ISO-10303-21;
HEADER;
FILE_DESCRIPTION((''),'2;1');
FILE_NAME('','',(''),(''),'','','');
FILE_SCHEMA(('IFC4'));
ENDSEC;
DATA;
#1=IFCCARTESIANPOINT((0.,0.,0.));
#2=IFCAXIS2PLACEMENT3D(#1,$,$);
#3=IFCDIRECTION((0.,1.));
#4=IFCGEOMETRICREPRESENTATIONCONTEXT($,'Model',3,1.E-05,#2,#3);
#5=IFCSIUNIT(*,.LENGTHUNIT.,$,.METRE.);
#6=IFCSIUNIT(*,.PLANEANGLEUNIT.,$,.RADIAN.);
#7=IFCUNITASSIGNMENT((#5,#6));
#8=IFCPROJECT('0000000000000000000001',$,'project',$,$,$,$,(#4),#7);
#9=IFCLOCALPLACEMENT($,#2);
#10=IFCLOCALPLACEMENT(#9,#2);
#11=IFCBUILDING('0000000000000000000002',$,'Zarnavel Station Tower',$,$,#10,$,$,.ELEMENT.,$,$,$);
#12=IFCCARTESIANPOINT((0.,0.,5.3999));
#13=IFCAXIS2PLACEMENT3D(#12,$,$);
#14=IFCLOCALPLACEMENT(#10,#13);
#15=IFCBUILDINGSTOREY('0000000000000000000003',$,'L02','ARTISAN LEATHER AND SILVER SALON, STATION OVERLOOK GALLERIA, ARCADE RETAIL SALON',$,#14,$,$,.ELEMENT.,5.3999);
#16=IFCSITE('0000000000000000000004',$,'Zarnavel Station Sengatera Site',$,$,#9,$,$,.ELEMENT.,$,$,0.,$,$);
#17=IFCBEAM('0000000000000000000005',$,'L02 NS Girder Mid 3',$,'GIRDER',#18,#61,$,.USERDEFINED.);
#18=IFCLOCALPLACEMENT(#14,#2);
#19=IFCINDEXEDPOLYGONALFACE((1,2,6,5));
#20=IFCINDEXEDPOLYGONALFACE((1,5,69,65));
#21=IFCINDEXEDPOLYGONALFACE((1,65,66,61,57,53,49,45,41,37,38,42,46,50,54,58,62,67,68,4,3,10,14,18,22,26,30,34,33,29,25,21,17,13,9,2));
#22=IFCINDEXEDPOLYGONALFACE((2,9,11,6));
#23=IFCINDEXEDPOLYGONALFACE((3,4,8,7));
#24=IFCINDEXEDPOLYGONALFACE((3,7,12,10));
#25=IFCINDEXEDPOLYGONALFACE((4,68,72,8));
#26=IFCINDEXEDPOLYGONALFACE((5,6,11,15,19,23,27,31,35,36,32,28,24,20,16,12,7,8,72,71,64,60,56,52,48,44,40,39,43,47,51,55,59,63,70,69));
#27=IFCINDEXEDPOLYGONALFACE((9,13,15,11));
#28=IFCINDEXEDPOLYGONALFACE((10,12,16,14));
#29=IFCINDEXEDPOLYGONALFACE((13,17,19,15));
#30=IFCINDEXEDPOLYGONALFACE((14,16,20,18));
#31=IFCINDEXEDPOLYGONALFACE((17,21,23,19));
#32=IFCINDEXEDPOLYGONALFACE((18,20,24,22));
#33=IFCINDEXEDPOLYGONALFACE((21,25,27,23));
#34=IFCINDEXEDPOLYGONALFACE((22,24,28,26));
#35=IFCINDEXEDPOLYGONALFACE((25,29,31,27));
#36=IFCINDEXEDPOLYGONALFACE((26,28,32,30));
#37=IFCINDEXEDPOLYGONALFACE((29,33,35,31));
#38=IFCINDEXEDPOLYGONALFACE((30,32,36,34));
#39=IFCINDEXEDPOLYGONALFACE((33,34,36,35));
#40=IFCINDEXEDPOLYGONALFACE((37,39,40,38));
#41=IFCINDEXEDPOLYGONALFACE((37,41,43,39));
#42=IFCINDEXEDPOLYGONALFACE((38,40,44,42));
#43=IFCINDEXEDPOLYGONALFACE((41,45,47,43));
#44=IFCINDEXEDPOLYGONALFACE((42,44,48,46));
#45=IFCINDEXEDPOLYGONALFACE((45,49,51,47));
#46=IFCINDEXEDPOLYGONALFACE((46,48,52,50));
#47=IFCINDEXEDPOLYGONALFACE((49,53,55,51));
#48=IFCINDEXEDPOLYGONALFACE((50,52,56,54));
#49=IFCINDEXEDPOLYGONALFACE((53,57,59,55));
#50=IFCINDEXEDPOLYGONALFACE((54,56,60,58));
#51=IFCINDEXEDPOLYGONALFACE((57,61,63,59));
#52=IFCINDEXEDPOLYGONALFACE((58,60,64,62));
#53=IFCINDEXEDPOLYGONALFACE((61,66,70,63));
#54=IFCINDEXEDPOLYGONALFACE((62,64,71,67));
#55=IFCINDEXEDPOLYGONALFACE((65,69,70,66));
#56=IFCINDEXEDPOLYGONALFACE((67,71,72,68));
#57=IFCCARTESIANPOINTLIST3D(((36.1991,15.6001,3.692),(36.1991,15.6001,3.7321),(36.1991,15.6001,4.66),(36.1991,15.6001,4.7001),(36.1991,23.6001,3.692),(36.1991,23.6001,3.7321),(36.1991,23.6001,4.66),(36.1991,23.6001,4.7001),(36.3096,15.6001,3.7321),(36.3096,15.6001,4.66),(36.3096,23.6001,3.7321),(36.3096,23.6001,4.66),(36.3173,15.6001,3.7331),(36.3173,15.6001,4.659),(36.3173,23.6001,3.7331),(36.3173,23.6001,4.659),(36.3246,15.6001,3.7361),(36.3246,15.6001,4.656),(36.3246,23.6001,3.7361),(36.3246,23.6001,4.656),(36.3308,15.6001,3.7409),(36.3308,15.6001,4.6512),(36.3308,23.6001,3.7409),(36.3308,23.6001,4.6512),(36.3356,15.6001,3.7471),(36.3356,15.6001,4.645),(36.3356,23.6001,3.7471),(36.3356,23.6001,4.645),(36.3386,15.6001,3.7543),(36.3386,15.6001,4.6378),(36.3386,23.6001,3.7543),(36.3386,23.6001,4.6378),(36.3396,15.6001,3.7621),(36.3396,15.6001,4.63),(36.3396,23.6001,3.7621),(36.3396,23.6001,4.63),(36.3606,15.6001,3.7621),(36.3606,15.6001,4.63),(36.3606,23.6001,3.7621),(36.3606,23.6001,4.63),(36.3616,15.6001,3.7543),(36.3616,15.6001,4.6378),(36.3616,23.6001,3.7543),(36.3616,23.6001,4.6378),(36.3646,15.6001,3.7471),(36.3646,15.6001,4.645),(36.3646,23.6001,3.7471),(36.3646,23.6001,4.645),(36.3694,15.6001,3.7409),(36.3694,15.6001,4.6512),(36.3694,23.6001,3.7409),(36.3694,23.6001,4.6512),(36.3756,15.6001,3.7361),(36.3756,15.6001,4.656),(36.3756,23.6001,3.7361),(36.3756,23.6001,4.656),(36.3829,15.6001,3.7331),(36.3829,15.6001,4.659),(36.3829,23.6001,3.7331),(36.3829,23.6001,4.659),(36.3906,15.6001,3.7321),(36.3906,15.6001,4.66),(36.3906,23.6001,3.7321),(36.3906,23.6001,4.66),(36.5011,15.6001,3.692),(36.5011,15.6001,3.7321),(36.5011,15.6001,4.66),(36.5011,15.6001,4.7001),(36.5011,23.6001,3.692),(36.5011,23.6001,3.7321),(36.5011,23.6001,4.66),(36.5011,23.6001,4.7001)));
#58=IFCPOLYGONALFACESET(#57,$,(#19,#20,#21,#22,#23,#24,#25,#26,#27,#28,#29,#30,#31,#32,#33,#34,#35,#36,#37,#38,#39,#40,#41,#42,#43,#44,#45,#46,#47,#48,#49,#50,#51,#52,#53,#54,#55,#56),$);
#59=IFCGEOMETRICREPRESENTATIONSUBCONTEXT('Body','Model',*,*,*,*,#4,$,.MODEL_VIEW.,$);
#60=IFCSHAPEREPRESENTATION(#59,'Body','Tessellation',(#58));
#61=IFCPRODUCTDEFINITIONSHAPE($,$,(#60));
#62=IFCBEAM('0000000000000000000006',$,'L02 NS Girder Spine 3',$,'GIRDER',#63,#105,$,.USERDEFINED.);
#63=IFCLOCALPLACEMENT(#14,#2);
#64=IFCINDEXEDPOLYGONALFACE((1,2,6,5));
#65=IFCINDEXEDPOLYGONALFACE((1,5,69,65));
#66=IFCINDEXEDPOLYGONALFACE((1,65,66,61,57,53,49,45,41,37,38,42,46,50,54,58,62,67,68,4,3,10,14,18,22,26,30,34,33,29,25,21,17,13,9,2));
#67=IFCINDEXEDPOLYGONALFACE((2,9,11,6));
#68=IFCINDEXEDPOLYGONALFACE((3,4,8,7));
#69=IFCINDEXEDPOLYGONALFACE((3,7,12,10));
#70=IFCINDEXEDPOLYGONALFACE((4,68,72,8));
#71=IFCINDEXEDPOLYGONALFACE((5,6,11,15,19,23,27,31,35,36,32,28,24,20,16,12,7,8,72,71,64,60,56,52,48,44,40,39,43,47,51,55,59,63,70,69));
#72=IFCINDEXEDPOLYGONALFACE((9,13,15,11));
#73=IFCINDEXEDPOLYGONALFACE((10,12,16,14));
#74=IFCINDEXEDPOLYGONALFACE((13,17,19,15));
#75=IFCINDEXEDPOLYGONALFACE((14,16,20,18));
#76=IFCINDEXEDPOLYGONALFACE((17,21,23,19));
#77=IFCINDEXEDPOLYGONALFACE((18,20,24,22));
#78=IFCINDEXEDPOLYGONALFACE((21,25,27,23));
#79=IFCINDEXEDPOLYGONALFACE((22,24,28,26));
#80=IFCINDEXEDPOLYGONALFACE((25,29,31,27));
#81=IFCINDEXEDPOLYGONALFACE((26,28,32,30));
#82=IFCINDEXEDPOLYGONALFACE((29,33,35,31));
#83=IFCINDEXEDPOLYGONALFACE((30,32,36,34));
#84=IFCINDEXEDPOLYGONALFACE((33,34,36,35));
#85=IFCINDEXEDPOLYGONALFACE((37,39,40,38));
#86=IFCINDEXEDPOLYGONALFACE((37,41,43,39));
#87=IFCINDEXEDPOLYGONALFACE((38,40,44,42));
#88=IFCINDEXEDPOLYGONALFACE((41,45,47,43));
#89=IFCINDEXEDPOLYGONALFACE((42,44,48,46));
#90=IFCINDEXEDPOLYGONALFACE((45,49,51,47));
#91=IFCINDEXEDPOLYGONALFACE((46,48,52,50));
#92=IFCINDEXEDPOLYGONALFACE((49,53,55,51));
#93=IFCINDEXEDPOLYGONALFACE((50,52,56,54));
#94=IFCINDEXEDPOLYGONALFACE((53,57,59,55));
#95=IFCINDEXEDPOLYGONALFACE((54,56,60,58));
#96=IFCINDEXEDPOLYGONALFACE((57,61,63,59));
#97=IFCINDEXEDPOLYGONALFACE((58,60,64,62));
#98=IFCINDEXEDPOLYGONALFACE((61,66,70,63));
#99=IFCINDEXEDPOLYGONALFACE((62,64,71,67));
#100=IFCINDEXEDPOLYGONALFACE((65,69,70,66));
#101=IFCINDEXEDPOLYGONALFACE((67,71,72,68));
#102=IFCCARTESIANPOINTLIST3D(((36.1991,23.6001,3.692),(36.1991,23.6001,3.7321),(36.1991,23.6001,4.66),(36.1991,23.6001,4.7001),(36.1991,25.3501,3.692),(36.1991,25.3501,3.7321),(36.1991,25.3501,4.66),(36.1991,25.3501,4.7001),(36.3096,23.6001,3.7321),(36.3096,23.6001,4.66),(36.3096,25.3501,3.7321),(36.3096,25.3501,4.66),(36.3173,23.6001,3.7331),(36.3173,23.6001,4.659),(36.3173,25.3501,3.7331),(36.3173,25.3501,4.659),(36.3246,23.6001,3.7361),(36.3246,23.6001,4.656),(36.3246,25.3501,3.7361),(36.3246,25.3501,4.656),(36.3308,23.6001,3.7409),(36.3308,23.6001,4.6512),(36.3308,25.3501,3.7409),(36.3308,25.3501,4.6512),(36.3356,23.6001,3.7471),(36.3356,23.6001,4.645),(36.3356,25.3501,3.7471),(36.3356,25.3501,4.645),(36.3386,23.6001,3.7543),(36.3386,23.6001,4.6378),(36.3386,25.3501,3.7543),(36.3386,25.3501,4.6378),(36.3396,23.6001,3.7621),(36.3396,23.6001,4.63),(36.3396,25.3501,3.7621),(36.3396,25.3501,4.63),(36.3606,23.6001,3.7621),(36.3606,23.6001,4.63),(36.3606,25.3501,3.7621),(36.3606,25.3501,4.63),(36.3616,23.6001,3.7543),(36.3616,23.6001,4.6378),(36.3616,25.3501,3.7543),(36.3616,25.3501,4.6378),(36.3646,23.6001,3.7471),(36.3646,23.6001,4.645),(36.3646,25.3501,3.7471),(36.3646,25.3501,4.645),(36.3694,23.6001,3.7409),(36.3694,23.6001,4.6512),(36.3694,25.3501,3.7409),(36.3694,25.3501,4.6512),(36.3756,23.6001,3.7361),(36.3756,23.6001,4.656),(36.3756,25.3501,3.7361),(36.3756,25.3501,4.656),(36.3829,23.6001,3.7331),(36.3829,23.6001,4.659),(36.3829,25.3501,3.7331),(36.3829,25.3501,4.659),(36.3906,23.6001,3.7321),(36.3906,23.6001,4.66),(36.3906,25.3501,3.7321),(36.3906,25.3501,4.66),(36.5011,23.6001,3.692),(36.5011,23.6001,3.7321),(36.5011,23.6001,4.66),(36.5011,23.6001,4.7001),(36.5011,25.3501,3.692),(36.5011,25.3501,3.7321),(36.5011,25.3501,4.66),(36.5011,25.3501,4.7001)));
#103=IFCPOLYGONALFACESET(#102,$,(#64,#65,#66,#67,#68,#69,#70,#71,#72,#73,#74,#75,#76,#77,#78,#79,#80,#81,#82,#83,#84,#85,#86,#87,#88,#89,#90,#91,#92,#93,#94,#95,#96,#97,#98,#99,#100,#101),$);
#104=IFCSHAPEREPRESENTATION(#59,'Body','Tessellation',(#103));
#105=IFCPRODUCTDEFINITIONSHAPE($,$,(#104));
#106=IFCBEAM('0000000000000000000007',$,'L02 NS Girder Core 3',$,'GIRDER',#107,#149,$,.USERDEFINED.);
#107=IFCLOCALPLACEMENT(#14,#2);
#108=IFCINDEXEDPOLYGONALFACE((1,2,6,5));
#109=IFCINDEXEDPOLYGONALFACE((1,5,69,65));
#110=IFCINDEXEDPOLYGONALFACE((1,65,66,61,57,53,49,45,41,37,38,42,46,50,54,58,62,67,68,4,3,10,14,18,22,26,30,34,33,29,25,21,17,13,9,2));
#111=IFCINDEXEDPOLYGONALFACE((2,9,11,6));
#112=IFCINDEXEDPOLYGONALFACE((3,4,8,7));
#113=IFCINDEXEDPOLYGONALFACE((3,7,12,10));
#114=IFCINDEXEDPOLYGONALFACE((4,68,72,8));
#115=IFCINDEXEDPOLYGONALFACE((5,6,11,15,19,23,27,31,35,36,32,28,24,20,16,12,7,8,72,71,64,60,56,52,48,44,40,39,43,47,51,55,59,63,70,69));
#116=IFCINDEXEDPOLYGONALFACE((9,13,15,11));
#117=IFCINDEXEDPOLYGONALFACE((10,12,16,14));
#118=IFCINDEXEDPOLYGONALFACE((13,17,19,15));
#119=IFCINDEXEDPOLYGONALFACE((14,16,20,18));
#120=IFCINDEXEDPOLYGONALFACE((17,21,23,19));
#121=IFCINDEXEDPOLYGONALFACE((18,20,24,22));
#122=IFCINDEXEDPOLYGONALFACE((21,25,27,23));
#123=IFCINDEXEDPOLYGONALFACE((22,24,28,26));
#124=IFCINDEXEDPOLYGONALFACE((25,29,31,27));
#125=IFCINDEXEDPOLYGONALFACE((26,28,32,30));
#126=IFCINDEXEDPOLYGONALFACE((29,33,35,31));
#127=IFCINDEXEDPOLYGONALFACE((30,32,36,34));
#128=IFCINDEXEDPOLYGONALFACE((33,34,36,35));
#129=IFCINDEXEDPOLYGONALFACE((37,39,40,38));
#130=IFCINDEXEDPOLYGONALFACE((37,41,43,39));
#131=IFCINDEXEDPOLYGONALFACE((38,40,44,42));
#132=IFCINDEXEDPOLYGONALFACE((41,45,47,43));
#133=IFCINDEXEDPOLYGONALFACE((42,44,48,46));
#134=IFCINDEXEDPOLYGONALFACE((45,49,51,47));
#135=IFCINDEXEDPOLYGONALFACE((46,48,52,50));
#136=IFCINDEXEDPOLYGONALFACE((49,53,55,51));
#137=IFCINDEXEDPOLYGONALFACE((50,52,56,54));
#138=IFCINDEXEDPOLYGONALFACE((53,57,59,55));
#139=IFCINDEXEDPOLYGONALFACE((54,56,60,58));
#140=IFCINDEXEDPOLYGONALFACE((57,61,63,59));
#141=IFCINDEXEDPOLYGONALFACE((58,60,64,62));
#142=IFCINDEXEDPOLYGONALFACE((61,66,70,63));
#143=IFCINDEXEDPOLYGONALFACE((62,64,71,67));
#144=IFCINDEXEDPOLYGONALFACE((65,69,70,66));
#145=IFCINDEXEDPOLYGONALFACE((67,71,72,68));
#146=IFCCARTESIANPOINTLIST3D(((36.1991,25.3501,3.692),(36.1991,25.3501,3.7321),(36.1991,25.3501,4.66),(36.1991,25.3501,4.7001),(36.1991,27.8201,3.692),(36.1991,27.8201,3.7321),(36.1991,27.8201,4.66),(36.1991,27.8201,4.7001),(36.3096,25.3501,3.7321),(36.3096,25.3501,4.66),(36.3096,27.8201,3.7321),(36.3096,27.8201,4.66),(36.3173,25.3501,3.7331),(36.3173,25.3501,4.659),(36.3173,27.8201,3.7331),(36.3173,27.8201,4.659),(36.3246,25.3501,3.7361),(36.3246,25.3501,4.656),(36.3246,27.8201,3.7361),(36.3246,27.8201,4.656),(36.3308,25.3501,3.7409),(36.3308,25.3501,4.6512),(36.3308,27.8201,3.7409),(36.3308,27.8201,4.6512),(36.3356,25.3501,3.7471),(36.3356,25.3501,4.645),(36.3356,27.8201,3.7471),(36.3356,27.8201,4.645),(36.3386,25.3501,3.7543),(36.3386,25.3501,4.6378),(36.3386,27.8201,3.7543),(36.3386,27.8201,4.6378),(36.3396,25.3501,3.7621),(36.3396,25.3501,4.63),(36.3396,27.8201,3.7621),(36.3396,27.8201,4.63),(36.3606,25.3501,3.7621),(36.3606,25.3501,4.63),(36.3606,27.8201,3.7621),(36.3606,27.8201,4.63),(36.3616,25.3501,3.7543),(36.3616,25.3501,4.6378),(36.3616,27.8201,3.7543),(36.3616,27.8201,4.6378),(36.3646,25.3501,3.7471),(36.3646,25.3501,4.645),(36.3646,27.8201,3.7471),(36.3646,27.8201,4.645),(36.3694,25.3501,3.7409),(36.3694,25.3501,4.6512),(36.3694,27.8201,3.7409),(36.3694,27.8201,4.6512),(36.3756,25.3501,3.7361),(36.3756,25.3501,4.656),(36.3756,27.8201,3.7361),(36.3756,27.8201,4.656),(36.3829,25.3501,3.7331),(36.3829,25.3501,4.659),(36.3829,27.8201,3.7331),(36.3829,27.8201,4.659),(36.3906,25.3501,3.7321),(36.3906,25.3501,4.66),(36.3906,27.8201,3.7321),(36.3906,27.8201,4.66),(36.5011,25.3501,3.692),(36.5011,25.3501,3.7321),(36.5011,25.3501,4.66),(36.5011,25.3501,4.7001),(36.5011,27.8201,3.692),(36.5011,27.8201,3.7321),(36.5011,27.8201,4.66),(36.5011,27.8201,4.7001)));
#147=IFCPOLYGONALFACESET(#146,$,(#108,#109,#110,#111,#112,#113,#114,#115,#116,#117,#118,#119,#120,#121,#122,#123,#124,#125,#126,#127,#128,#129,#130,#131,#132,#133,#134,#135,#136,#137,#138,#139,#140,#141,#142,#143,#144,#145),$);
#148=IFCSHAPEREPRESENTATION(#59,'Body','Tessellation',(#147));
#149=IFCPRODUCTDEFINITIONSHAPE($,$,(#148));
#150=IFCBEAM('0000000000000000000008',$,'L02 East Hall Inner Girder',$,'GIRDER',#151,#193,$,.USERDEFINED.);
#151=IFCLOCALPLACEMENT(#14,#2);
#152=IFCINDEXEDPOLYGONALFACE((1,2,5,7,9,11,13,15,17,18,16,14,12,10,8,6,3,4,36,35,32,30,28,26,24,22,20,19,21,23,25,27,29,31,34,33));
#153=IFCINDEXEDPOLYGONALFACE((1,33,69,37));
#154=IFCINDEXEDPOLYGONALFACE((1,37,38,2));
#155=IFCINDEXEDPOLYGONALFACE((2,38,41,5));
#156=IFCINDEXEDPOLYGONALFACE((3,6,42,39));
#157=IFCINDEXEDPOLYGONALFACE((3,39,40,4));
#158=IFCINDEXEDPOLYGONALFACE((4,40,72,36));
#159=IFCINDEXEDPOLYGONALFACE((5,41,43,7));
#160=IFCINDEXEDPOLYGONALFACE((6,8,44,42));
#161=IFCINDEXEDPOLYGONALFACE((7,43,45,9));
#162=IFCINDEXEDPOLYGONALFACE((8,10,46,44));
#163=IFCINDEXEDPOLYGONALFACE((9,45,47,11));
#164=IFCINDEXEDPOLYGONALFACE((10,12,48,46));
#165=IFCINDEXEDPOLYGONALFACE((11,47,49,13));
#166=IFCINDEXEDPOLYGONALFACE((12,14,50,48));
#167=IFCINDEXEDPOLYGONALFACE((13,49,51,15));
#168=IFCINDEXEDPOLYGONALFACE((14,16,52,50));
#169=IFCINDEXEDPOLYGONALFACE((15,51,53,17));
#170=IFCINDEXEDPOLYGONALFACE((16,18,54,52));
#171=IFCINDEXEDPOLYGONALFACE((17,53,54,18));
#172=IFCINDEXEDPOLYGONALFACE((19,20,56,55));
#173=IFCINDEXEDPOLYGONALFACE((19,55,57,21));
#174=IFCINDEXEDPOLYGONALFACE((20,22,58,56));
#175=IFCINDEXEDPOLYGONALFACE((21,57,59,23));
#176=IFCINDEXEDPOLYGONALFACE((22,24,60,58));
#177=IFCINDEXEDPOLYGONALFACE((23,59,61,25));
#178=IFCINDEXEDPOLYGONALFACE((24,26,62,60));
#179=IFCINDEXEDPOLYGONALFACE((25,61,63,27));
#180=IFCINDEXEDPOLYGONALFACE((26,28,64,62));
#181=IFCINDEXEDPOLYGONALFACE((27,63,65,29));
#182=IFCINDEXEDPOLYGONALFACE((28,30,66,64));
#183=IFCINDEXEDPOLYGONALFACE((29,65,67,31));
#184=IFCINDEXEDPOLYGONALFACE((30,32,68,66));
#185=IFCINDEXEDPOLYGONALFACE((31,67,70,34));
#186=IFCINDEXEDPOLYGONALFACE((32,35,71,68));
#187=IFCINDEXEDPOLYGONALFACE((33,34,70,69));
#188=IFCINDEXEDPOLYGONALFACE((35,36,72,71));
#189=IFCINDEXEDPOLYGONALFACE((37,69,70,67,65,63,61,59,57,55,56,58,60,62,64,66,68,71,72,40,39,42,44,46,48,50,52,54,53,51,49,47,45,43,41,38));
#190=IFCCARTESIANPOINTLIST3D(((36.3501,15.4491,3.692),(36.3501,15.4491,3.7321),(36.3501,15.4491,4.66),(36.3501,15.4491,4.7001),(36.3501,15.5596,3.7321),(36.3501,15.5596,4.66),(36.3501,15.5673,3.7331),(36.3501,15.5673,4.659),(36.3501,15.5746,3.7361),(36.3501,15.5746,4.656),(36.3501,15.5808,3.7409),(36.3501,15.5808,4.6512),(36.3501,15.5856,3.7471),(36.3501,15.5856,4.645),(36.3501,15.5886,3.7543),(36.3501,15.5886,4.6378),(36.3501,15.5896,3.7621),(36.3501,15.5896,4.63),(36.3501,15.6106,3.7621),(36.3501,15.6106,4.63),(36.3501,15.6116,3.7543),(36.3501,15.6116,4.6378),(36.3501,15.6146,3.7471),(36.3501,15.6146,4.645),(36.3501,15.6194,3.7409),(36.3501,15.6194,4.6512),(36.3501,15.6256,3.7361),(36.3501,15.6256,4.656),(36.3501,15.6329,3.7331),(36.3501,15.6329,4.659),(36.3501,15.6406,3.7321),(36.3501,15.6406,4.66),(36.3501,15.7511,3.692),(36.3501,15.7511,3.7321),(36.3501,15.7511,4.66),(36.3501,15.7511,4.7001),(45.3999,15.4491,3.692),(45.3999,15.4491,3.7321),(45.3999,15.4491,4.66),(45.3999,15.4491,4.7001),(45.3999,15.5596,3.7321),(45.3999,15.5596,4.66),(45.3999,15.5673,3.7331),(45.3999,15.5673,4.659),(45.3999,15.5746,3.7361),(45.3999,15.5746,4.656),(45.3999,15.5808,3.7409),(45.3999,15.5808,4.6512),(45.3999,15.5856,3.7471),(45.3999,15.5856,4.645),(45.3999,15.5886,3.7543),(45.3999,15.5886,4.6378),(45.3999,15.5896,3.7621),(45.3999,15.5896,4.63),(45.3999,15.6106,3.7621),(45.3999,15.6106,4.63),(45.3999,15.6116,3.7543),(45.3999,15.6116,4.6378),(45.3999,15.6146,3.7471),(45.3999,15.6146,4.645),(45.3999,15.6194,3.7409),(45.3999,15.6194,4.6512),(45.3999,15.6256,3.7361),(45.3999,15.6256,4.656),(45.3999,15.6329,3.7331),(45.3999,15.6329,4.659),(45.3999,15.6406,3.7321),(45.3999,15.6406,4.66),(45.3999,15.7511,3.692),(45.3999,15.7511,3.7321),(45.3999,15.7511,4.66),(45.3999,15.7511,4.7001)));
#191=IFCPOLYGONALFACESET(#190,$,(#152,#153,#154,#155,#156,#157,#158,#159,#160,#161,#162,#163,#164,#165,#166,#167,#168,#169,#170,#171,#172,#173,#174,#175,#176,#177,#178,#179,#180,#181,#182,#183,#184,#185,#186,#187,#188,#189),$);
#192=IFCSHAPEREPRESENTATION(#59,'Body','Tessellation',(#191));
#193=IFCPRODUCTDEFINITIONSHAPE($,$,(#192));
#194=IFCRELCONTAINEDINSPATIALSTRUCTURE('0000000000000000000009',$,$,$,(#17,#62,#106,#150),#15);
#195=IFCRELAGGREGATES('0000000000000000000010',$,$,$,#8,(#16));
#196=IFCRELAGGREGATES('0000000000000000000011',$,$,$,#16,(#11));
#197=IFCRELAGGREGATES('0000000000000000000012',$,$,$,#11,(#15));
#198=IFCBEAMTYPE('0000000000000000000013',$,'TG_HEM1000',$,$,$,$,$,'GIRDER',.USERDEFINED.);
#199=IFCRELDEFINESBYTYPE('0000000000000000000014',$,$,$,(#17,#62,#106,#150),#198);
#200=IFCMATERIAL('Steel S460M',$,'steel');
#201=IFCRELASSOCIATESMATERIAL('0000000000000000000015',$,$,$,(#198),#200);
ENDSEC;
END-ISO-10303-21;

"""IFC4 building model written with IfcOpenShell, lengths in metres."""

from ifc_helpers import new_model, si_unit, direction, frame, origin, origin_2d, place, context, subcontext, project, spatial, i_section, extrude, material, material_profile, profile_set, type_object, element, save


model = new_model("IFC4")

# Units and contexts
model_context = context("Model", 3, precision=1e-05, world=origin(), true_north=direction((0.0, 1.0)))
body_context = subcontext(model_context, "Body", "Model", "MODEL_VIEW")
ifc_project = project(units=[si_unit("LENGTHUNIT", "METRE"), si_unit("PLANEANGLEUNIT", "RADIAN")], contexts=[model_context])

# Site, building, storey
site_placement = place(None, origin())
site = spatial("IfcSite", under=ifc_project, at=site_placement, Name="Zarnavel Station Sengatera Site", CompositionType="ELEMENT", RefElevation=0.0)
building_placement = place(site_placement, origin())
building = spatial("IfcBuilding", under=site, at=building_placement, Name="Zarnavel Station Tower", CompositionType="ELEMENT")
storey_placement = place(building_placement, frame((0.0, 0.0, 5.3999)))
storey = spatial("IfcBuildingStorey", under=building, at=storey_placement, Name="L02", Description="ARTISAN LEATHER AND SILVER SALON, STATION OVERLOOK GALLERIA, ARCADE RETAIL SALON", CompositionType="ELEMENT", Elevation=5.3999)

# Beams
ifc_material_1 = material(Name="Steel S460M", Category="steel")
ifc_material_profile_1 = material_profile(ifc_material_1, i_section(OverallWidth=0.302, OverallDepth=1.0081, WebThickness=0.021, FlangeThickness=0.04, FilletRadius=0.03, at=origin_2d()), Name="HEM1000")
ifc_profile_set_1 = profile_set([ifc_material_profile_1], Name="Steel S460M")
beam_type_1 = type_object("IfcBeamType", Name="TG_HEM1000", ElementType="GIRDER", PredefinedType="USERDEFINED", material=ifc_profile_set_1)
beam_1_placement = place(storey_placement, frame((36.3501, 15.6001, 4.196), z_axis=(0.0, 1.0, 0.0), x_axis=(-1.0, 0.0, 0.0)))
element("IfcBeam", 1, at=beam_1_placement, inside=storey, type_object=beam_type_1, Name="L02 NS Girder Mid 3", ObjectType="GIRDER", PredefinedType="USERDEFINED", context=body_context, shape_type="SweptSolid", body=[
    extrude(i_section(OverallWidth=0.302, OverallDepth=1.0081, WebThickness=0.021, FlangeThickness=0.04, FilletRadius=0.03, at=origin_2d()), origin(), (0.0, 0.0, 1.0), 8.0),
])
beam_2_placement = place(storey_placement, frame((36.3501, 23.6001, 4.196), z_axis=(0.0, 1.0, 0.0), x_axis=(-1.0, 0.0, 0.0)))
element("IfcBeam", 2, at=beam_2_placement, inside=storey, type_object=beam_type_1, Name="L02 NS Girder Spine 3", ObjectType="GIRDER", PredefinedType="USERDEFINED", context=body_context, shape_type="SweptSolid", body=[
    extrude(i_section(OverallWidth=0.302, OverallDepth=1.0081, WebThickness=0.021, FlangeThickness=0.04, FilletRadius=0.03, at=origin_2d()), origin(), (0.0, 0.0, 1.0), 1.75),
])
beam_3_placement = place(storey_placement, frame((36.3501, 25.3501, 4.196), z_axis=(0.0, 1.0, 0.0), x_axis=(-1.0, 0.0, 0.0)))
element("IfcBeam", 3, at=beam_3_placement, inside=storey, type_object=beam_type_1, Name="L02 NS Girder Core 3", ObjectType="GIRDER", PredefinedType="USERDEFINED", context=body_context, shape_type="SweptSolid", body=[
    extrude(i_section(OverallWidth=0.302, OverallDepth=1.0081, WebThickness=0.021, FlangeThickness=0.04, FilletRadius=0.03, at=origin_2d()), origin(), (0.0, 0.0, 1.0), 2.47),
])
beam_4_placement = place(storey_placement, frame((36.3501, 15.6001, 4.196), z_axis=(1.0, 0.0, 0.0), x_axis=(0.0, 1.0, 0.0)))
element("IfcBeam", 4, at=beam_4_placement, inside=storey, type_object=beam_type_1, Name="L02 East Hall Inner Girder", ObjectType="GIRDER", PredefinedType="USERDEFINED", context=body_context, shape_type="SweptSolid", body=[
    extrude(i_section(OverallWidth=0.302, OverallDepth=1.0081, WebThickness=0.021, FlangeThickness=0.04, FilletRadius=0.03, at=origin_2d()), origin(), (0.0, 0.0, 1.0), 9.0498),
])

save(model, "model.ifc")
